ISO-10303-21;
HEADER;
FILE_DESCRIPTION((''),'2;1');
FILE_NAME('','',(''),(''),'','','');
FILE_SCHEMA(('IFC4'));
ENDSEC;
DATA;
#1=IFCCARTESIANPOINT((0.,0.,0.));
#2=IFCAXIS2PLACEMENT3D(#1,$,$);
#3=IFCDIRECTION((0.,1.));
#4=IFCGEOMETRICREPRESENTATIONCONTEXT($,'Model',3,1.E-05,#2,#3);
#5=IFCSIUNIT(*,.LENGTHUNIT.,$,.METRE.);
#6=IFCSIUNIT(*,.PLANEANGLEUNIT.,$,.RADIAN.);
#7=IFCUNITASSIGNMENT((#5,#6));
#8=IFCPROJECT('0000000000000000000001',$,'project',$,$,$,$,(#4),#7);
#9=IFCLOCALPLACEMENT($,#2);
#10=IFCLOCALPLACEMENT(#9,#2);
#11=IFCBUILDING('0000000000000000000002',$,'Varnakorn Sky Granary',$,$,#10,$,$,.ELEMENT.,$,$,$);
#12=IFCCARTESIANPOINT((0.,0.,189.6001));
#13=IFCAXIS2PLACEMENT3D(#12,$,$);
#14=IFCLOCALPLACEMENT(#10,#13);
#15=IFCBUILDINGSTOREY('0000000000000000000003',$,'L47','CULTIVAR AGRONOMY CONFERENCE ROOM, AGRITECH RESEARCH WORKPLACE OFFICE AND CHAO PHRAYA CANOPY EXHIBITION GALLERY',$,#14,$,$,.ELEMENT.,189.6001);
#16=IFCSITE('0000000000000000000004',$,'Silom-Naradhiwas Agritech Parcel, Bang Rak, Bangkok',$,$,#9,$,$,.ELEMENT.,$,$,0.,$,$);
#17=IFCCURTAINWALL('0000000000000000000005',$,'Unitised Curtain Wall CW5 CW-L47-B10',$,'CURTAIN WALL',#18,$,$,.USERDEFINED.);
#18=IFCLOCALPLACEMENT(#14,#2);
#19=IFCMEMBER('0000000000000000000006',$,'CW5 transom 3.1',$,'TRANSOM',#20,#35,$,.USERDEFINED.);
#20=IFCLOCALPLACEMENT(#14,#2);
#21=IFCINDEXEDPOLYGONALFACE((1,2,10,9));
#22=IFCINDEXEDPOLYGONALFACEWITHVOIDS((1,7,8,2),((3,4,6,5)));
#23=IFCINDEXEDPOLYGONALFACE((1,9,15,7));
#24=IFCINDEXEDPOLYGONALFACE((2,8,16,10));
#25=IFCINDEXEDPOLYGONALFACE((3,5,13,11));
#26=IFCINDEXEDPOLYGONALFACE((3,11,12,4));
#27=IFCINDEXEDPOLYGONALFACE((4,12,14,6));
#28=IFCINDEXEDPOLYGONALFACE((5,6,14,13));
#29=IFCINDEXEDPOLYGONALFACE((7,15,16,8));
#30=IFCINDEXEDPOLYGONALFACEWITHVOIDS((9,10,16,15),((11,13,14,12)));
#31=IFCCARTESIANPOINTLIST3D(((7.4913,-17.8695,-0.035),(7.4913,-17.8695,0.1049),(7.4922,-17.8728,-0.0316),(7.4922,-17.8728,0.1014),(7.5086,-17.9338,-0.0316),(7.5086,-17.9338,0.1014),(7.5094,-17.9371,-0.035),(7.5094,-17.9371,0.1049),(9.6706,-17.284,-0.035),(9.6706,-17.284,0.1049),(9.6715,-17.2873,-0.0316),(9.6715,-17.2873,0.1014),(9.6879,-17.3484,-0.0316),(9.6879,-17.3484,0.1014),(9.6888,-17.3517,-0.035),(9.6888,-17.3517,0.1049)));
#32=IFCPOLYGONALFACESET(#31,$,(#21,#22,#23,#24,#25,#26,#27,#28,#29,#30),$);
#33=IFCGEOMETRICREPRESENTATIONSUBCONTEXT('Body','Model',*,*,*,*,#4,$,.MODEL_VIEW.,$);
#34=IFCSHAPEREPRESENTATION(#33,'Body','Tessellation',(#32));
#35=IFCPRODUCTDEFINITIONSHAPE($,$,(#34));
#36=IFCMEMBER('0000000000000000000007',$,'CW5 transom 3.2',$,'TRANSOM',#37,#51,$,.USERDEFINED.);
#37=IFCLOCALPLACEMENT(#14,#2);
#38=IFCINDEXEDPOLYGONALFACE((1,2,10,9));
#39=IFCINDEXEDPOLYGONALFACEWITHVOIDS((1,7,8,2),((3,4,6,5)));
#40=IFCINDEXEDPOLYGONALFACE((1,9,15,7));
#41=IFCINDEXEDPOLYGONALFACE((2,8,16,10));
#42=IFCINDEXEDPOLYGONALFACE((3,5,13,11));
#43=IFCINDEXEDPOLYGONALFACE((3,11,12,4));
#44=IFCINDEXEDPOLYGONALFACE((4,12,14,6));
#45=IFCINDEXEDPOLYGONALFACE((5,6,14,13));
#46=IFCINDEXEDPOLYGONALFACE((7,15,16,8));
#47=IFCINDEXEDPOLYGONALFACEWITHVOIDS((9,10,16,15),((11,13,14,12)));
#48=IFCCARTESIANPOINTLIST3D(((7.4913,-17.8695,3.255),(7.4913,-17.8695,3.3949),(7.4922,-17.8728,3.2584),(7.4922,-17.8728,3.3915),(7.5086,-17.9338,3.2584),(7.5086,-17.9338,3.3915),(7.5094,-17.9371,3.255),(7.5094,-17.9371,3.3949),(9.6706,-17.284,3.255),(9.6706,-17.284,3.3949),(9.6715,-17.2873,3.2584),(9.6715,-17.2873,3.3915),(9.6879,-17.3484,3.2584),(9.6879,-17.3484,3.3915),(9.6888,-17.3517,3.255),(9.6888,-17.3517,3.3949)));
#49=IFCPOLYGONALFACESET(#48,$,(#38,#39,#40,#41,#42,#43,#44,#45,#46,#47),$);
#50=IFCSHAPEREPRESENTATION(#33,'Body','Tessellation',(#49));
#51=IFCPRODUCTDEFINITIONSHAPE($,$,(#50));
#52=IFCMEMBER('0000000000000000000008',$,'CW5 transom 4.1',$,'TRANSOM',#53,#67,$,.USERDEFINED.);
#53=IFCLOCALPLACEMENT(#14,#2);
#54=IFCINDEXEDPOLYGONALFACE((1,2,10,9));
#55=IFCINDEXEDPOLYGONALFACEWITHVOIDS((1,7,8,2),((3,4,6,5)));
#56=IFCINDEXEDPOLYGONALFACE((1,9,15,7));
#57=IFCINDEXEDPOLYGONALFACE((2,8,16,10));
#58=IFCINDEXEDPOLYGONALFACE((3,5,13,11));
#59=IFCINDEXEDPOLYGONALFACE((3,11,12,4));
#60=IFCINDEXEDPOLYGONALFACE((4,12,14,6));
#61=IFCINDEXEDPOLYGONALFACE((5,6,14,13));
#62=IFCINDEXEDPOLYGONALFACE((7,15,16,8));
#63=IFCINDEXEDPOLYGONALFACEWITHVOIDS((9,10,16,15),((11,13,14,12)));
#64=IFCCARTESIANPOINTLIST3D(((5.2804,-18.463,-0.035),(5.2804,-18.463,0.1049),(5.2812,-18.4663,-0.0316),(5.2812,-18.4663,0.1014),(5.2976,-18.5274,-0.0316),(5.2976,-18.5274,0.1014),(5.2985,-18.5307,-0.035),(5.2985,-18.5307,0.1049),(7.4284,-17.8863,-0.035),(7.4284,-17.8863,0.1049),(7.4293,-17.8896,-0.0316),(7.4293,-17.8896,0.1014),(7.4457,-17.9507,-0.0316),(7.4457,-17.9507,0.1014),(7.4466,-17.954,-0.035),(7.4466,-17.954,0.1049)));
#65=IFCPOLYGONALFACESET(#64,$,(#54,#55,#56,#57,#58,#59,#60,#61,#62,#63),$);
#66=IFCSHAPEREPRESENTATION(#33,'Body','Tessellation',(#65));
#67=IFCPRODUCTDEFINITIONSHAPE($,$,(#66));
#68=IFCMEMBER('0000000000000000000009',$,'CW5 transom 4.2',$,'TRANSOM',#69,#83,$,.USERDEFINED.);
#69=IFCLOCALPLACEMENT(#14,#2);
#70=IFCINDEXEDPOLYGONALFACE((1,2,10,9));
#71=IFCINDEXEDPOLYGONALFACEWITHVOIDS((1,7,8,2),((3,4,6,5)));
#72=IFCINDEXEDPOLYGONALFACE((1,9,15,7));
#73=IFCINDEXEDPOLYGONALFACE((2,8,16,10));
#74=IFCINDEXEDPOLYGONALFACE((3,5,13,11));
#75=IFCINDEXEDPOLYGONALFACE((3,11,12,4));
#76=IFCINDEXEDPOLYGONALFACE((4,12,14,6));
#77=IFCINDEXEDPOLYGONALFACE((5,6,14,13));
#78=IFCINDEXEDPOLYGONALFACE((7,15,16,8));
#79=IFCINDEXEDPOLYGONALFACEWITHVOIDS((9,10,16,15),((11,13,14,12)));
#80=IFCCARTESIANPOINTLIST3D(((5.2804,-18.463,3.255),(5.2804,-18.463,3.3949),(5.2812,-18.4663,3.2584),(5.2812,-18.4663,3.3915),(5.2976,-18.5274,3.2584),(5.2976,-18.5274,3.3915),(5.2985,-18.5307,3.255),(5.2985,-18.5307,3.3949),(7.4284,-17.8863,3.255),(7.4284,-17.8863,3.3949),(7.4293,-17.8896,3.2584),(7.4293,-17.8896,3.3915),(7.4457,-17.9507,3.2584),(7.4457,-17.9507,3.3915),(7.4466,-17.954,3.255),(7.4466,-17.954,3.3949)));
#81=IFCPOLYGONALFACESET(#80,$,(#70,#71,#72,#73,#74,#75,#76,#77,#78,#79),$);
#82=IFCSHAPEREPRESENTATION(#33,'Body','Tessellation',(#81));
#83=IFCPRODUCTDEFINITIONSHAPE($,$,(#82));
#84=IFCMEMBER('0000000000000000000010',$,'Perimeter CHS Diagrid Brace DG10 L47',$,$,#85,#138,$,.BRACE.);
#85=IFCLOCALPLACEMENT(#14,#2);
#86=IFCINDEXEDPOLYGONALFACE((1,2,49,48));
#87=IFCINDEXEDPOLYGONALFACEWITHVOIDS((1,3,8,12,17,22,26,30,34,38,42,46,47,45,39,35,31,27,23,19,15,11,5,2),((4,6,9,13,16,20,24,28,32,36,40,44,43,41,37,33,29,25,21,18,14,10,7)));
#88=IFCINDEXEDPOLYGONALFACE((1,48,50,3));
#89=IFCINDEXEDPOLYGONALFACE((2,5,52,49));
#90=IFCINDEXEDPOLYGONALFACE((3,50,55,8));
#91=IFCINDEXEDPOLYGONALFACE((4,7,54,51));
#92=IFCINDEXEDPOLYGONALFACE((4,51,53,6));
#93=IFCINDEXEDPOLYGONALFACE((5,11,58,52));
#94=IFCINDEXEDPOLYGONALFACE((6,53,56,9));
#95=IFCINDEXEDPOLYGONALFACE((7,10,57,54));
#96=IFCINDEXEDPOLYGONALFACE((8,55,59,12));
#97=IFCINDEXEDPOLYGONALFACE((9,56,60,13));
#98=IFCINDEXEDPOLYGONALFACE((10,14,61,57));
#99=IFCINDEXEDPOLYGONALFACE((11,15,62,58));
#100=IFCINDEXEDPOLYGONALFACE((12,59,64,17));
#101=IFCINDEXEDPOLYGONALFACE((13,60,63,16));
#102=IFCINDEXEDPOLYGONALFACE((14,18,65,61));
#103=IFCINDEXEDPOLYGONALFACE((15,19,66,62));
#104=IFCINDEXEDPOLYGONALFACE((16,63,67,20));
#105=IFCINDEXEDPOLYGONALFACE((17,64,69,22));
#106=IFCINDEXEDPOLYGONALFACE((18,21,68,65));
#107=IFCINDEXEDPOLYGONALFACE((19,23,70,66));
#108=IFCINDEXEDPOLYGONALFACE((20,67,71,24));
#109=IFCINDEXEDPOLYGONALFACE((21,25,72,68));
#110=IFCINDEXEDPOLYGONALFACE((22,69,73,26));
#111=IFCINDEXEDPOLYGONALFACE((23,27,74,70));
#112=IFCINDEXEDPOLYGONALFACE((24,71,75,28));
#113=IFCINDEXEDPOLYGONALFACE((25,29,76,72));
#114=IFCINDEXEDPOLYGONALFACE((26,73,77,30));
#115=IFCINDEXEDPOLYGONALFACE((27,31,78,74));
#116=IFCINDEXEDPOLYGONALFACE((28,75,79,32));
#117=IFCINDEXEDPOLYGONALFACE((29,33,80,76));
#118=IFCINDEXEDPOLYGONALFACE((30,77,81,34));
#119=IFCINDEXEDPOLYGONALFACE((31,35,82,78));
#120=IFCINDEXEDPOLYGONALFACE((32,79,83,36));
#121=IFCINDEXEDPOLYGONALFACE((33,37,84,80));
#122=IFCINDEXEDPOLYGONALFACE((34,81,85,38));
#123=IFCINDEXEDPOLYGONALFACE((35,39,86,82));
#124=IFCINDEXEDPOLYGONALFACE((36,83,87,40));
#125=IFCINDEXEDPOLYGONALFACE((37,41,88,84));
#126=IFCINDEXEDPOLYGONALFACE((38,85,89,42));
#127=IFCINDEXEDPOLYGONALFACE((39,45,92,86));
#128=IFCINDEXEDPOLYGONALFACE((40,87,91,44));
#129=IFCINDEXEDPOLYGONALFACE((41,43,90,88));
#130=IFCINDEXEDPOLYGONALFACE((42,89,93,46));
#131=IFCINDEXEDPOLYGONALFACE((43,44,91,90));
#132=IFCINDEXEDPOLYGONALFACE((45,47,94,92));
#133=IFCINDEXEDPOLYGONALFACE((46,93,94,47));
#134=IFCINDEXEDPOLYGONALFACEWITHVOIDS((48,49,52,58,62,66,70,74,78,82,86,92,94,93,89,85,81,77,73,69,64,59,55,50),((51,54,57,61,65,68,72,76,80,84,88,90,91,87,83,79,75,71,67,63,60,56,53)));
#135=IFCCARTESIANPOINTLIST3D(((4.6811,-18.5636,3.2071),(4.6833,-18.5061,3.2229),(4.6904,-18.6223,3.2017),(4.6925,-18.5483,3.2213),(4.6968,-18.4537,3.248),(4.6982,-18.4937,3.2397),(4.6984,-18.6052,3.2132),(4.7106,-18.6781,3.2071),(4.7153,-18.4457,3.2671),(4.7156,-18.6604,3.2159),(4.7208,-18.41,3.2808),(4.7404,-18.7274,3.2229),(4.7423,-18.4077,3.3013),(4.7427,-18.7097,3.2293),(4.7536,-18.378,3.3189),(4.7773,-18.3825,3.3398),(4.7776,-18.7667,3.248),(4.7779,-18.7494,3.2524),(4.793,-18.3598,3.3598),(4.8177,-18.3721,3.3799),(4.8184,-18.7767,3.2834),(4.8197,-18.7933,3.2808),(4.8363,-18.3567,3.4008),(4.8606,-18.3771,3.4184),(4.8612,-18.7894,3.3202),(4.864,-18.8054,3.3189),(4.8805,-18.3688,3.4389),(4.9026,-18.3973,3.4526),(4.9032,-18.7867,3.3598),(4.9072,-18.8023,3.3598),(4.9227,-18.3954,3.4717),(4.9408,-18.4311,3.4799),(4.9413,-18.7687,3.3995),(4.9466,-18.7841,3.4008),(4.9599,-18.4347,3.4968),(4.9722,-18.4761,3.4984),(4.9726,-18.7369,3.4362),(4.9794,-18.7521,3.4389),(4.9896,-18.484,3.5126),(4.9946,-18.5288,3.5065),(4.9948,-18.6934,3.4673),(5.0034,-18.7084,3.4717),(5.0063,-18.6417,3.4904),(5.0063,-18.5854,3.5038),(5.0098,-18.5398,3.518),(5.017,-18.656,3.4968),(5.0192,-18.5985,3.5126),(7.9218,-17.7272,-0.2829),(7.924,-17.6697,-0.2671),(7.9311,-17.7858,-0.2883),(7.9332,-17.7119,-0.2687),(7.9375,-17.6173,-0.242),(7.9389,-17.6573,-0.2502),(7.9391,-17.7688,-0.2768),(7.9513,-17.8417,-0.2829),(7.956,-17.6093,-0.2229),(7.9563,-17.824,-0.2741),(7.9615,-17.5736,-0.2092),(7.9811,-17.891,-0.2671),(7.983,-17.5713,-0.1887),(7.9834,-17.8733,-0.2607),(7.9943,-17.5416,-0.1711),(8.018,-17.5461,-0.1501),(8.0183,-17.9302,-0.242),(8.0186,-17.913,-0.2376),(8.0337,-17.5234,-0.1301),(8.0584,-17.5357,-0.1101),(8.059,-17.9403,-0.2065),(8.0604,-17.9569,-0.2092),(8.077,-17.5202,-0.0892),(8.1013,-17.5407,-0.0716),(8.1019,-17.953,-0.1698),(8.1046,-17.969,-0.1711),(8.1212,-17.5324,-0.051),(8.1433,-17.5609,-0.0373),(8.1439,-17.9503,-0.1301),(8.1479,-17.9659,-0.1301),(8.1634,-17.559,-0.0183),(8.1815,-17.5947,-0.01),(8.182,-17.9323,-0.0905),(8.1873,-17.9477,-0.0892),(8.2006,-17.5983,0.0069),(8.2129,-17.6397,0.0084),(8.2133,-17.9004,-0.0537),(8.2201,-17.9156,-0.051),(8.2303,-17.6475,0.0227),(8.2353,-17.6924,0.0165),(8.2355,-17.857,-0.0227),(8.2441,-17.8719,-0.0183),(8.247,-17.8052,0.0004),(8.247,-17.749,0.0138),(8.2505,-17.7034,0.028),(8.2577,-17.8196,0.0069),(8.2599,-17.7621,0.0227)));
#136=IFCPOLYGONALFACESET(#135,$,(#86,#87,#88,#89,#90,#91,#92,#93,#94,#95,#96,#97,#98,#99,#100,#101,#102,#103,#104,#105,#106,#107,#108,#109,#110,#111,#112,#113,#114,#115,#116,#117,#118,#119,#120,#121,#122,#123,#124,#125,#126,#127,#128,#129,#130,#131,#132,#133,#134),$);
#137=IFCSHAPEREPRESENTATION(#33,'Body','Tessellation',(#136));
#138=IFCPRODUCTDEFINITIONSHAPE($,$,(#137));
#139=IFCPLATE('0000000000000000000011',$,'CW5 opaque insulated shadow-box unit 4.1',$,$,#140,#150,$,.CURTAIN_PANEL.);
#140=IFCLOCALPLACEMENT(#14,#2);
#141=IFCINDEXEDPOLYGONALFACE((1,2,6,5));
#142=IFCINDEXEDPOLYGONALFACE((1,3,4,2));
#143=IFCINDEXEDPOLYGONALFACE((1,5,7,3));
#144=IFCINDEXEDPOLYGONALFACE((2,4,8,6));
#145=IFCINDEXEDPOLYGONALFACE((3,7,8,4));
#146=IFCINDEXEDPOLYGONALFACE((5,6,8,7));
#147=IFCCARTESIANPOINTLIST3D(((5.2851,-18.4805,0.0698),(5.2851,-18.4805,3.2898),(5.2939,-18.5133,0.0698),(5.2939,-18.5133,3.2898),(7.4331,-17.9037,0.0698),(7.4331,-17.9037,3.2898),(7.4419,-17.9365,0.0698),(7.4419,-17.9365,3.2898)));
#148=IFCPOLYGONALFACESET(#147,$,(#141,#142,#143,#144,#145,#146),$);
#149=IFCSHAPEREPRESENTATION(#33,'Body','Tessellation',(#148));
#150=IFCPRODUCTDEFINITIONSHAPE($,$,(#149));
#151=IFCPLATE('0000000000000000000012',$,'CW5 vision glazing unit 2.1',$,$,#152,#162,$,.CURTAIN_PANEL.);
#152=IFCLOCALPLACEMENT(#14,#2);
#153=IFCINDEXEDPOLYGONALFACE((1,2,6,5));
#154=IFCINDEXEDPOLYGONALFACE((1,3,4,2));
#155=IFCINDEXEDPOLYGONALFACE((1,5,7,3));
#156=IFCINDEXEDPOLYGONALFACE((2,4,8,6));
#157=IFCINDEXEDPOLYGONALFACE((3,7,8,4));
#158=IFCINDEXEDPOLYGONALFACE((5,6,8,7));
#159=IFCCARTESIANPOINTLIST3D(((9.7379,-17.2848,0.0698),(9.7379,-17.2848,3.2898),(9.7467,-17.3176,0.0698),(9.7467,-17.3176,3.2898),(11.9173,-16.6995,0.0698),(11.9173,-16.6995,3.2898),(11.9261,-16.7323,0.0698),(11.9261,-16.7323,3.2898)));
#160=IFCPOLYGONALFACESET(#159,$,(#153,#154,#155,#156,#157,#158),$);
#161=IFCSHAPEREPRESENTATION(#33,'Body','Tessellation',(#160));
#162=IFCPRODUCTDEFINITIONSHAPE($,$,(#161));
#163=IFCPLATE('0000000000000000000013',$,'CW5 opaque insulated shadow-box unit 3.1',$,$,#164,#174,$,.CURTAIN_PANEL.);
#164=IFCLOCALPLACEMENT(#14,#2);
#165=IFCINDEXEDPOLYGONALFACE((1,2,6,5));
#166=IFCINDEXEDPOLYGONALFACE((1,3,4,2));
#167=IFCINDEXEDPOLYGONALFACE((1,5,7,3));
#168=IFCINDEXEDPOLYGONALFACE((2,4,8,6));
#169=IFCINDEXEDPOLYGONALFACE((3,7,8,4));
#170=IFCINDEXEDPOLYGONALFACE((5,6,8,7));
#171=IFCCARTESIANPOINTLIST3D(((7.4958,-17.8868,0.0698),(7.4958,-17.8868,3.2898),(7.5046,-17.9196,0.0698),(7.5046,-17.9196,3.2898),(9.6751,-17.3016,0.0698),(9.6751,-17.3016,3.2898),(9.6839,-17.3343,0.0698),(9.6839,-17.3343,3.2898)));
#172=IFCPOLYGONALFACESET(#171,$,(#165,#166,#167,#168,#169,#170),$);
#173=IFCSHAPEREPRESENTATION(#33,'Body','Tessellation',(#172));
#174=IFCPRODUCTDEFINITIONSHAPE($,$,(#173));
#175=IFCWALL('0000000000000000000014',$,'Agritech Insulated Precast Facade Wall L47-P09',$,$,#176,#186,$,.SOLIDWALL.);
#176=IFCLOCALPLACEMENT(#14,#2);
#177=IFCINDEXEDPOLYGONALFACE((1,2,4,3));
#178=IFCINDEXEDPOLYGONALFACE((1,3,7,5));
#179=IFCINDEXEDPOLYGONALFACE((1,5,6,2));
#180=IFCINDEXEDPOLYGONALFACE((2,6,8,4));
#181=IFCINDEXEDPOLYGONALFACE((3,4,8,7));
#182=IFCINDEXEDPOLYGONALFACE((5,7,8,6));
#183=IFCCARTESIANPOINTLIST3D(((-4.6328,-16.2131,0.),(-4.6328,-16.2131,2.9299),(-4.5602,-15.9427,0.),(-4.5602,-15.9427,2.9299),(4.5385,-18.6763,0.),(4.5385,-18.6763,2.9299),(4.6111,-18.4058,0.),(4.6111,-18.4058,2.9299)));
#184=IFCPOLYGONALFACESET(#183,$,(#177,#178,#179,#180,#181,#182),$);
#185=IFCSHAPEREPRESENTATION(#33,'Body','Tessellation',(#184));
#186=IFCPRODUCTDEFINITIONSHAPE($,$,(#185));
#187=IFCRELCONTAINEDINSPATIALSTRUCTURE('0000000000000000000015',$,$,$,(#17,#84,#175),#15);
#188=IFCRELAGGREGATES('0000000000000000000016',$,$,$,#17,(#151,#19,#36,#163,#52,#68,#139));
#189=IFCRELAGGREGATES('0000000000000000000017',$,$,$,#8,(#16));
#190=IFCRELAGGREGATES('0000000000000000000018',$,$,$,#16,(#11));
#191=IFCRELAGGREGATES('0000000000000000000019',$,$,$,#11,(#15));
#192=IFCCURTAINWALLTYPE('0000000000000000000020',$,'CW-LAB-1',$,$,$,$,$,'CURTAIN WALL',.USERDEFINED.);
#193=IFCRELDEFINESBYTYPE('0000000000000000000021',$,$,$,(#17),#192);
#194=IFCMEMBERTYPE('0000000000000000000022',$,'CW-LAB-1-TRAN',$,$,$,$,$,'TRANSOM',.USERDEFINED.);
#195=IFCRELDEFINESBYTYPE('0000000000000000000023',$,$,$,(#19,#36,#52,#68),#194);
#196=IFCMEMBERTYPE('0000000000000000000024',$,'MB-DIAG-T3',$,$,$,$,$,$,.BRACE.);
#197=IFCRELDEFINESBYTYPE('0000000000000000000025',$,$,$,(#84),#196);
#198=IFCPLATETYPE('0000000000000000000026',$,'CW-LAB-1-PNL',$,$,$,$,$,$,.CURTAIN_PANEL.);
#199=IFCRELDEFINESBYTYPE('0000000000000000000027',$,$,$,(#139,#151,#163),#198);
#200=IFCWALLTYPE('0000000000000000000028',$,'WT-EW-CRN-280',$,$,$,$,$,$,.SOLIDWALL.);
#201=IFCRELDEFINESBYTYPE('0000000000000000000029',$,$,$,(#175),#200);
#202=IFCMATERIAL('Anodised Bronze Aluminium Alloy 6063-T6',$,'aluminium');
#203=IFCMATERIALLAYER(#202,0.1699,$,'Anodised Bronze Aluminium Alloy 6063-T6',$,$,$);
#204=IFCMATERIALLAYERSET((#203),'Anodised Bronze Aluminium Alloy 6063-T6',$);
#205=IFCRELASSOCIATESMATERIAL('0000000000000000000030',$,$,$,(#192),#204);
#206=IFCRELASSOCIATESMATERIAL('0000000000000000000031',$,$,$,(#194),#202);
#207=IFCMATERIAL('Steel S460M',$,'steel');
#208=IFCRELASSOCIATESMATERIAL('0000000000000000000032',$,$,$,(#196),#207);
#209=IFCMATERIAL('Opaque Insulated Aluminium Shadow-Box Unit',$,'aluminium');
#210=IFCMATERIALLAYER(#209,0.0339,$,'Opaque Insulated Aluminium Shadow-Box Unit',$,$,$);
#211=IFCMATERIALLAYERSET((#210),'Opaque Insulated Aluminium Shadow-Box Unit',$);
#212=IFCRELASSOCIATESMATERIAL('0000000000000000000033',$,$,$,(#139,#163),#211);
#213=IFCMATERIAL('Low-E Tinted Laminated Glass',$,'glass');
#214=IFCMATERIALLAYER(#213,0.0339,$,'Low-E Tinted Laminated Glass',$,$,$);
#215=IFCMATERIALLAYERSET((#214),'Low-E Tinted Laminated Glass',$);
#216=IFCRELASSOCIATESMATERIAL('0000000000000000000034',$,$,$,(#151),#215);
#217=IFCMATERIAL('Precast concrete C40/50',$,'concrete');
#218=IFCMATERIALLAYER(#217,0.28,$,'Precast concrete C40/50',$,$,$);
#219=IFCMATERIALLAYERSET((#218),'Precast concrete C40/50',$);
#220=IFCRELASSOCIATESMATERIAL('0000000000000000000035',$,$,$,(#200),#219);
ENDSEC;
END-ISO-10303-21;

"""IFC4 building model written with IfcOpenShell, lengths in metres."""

from ifc_helpers import new_model, si_unit, direction, frame, frame_2d, origin, origin_2d, place, context, subcontext, project, spatial, rectangle, hollow_rectangle, hollow_circle, extrude, source, transform, mapped, material, layer, layer_set, material_profile, profile_set, type_object, type_shapes, element, aggregate, save


model = new_model("IFC4")

# Units and contexts
model_context = context("Model", 3, precision=1e-05, world=origin(), true_north=direction((0.0, 1.0)))
body_context = subcontext(model_context, "Body", "Model", "MODEL_VIEW")
ifc_project = project(units=[si_unit("LENGTHUNIT", "METRE"), si_unit("PLANEANGLEUNIT", "RADIAN")], contexts=[model_context])

# Site, building, storey
site_placement = place(None, origin())
site = spatial("IfcSite", under=ifc_project, at=site_placement, Name="Silom-Naradhiwas Agritech Parcel, Bang Rak, Bangkok", CompositionType="ELEMENT", RefElevation=0.0)
building_placement = place(site_placement, origin())
building = spatial("IfcBuilding", under=site, at=building_placement, Name="Varnakorn Sky Granary", CompositionType="ELEMENT")
storey_placement = place(building_placement, frame((0.0, 0.0, 189.6001)))
storey = spatial("IfcBuildingStorey", under=building, at=storey_placement, Name="L47", Description="CULTIVAR AGRONOMY CONFERENCE ROOM, AGRITECH RESEARCH WORKPLACE OFFICE AND CHAO PHRAYA CANOPY EXHIBITION GALLERY", CompositionType="ELEMENT", Elevation=189.6001)

# Shared definitions
ifc_material_1 = material(Name="Steel S460M", Category="steel")

# Curtain wall, members
ifc_material_2 = material(Name="Anodised Bronze Aluminium Alloy 6063-T6", Category="aluminium")
ifc_layer_1 = layer(ifc_material_2, 0.1699, Name="Anodised Bronze Aluminium Alloy 6063-T6")
ifc_layer_set_1 = layer_set([ifc_layer_1], Name="Anodised Bronze Aluminium Alloy 6063-T6")
curtain_wall_type = type_object("IfcCurtainWallType", Name="CW-LAB-1", ElementType="CURTAIN WALL", PredefinedType="USERDEFINED", material=ifc_layer_set_1)
curtain_wall_placement = place(storey_placement, origin())
curtain_wall = element("IfcCurtainWall", 1, at=curtain_wall_placement, inside=storey, type_object=curtain_wall_type, Name="Unitised Curtain Wall CW5 CW-L47-B10", ObjectType="CURTAIN WALL", PredefinedType="USERDEFINED")
ifc_material_profile_1 = material_profile(ifc_material_2, hollow_rectangle(XDim=0.0701, YDim=0.1399, WallThickness=0.0034, at=origin_2d()), Name="ALU TRAN 70x140")
ifc_profile_set_1 = profile_set([ifc_material_profile_1], Name="Anodised Bronze Aluminium Alloy 6063-T6")
member_type_1 = type_object("IfcMemberType", Name="CW-LAB-1-TRAN", ElementType="TRANSOM", PredefinedType="USERDEFINED", material=ifc_profile_set_1)
member_1_placement = place(storey_placement, frame((9.6797, -17.3179, 0.0349), z_axis=(-0.965763, -0.259426, 0.0), x_axis=(0.259426, -0.965763, 0.0)))
member_1 = element("IfcMember", 2, at=member_1_placement, type_object=member_type_1, Name="CW5 transom 3.1", ObjectType="TRANSOM", PredefinedType="USERDEFINED", context=body_context, shape_type="SweptSolid", body=[
    extrude(hollow_rectangle(XDim=0.0701, YDim=0.1399, WallThickness=0.0034, at=origin_2d()), origin(), (0.0, 0.0, 1.0), 2.2566),
])
member_2_placement = place(storey_placement, frame((9.6797, -17.3179, 3.325), z_axis=(-0.965763, -0.259426, 0.0), x_axis=(0.259426, -0.965763, 0.0)))
member_2 = element("IfcMember", 3, at=member_2_placement, type_object=member_type_1, Name="CW5 transom 3.2", ObjectType="TRANSOM", PredefinedType="USERDEFINED", context=body_context, shape_type="SweptSolid", body=[
    extrude(hollow_rectangle(XDim=0.0701, YDim=0.1399, WallThickness=0.0034, at=origin_2d()), origin(), (0.0, 0.0, 1.0), 2.2566),
])
member_3_placement = place(storey_placement, frame((7.4375, -17.9202, 0.0349), z_axis=(-0.9658, -0.259288, 0.0), x_axis=(0.259288, -0.9658, 0.0)))
member_3 = element("IfcMember", 4, at=member_3_placement, type_object=member_type_1, Name="CW5 transom 4.1", ObjectType="TRANSOM", PredefinedType="USERDEFINED", context=body_context, shape_type="SweptSolid", body=[
    extrude(hollow_rectangle(XDim=0.0701, YDim=0.1399, WallThickness=0.0034, at=origin_2d()), origin(), (0.0, 0.0, 1.0), 2.2241),
])
member_4_placement = place(storey_placement, frame((7.4375, -17.9202, 3.325), z_axis=(-0.9658, -0.259288, 0.0), x_axis=(0.259288, -0.9658, 0.0)))
member_4 = element("IfcMember", 5, at=member_4_placement, type_object=member_type_1, Name="CW5 transom 4.2", ObjectType="TRANSOM", PredefinedType="USERDEFINED", context=body_context, shape_type="SweptSolid", body=[
    extrude(hollow_rectangle(XDim=0.0701, YDim=0.1399, WallThickness=0.0034, at=origin_2d()), origin(), (0.0, 0.0, 1.0), 2.2241),
])

# Member
ifc_material_profile_2 = material_profile(ifc_material_1, hollow_circle(Radius=0.2285, WallThickness=0.0161, at=origin_2d()), Name="CHS 457x16")
ifc_profile_set_2 = profile_set([ifc_material_profile_2], Name="Steel S460M")
member_type_2 = type_object("IfcMemberType", Name="MB-DIAG-T3", PredefinedType="BRACE", material=ifc_profile_set_2)
member_5_placement = place(storey_placement, frame((8.0908, -17.7446, -0.1301), z_axis=(-0.670196, -0.172977, 0.721746), x_axis=(0.249909, -0.968269, 0.0)))
element("IfcMember", 6, at=member_5_placement, inside=storey, type_object=member_type_2, Name="Perimeter CHS Diagrid Brace DG10 L47", PredefinedType="BRACE", context=body_context, shape_type="SweptSolid", body=[
    extrude(hollow_circle(Radius=0.2285, WallThickness=0.0161, at=origin_2d()), origin(), (0.0, 0.0, 1.0), 4.8354),
])

# Plates
ifc_material_3 = material(Name="Opaque Insulated Aluminium Shadow-Box Unit", Category="aluminium")
ifc_layer_2 = layer(ifc_material_3, 0.0339, Name="Opaque Insulated Aluminium Shadow-Box Unit")
ifc_layer_set_2 = layer_set([ifc_layer_2], Name="Opaque Insulated Aluminium Shadow-Box Unit")
plate_type = type_object("IfcPlateType", Name="CW-LAB-1-PNL", PredefinedType="CURTAIN_PANEL")
shared_shape_1 = source(origin(), body_context, "Body", "SweptSolid", [
    extrude(rectangle(XDim=2.2241, YDim=0.0339, at=origin_2d()), origin(), (0.0, 0.0, 1.0), 3.22),
])
plate_1_placement = place(storey_placement, frame((6.3635, -18.2085, 0.0698), z_axis=(0.0, 0.0, 1.0), x_axis=(-0.965781, -0.259359, 0.0)))
plate_1 = element("IfcPlate", 7, at=plate_1_placement, type_object=plate_type, material=ifc_layer_set_2, Name="CW5 opaque insulated shadow-box unit 4.1", PredefinedType="CURTAIN_PANEL", context=body_context, shape_type="MappedRepresentation", body=[
    mapped(shared_shape_1, transform((0.0, 0.0, 0.0), x_axis=(1.0, 0.0, 0.0), y_axis=(0.0, 1.0, 0.0), z_axis=(0.0, 0.0, 1.0), scale=1.0)),
])
ifc_material_4 = material(Name="Low-E Tinted Laminated Glass", Category="glass")
ifc_layer_3 = layer(ifc_material_4, 0.0339, Name="Low-E Tinted Laminated Glass")
ifc_layer_set_3 = layer_set([ifc_layer_3], Name="Low-E Tinted Laminated Glass")
shared_shape_2 = source(origin(), body_context, "Body", "SweptSolid", [
    extrude(rectangle(XDim=2.2566, YDim=0.0339, at=origin_2d()), origin(), (0.0, 0.0, 1.0), 3.22),
])
type_shapes(plate_type, [shared_shape_1, shared_shape_2])
plate_2_placement = place(storey_placement, frame((10.832, -17.0085, 0.0698), z_axis=(0.0, 0.0, 1.0), x_axis=(-0.965781, -0.259359, 0.0)))
plate_2 = element("IfcPlate", 8, at=plate_2_placement, type_object=plate_type, material=ifc_layer_set_3, Name="CW5 vision glazing unit 2.1", PredefinedType="CURTAIN_PANEL", context=body_context, shape_type="MappedRepresentation", body=[
    mapped(shared_shape_2, transform((0.0, 0.0, 0.0), x_axis=(1.0, 0.0, 0.0), y_axis=(0.0, 1.0, 0.0), z_axis=(0.0, 0.0, 1.0), scale=1.0)),
])
plate_3_placement = place(storey_placement, frame((8.5898, -17.6106, 0.0698), z_axis=(0.0, 0.0, 1.0), x_axis=(-0.965781, -0.259359, 0.0)))
plate_3 = element("IfcPlate", 9, at=plate_3_placement, type_object=plate_type, material=ifc_layer_set_2, Name="CW5 opaque insulated shadow-box unit 3.1", PredefinedType="CURTAIN_PANEL", context=body_context, shape_type="MappedRepresentation", body=[
    mapped(shared_shape_2, transform((0.0, 0.0, 0.0), x_axis=(1.0, 0.0, 0.0), y_axis=(0.0, 1.0, 0.0), z_axis=(0.0, 0.0, 1.0), scale=1.0)),
])
aggregate(curtain_wall, [plate_2, member_1, member_2, plate_3, member_3, member_4, plate_1])

# Wall
ifc_material_5 = material(Name="Precast concrete C40/50", Category="concrete")
ifc_layer_4 = layer(ifc_material_5, 0.28, Name="Precast concrete C40/50")
ifc_layer_set_4 = layer_set([ifc_layer_4], Name="Precast concrete C40/50")
wall_type_1 = type_object("IfcWallType", Name="WT-EW-CRN-280", PredefinedType="SOLIDWALL", material=ifc_layer_set_4)
wall_1_placement = place(storey_placement, frame((4.5747, -18.541, 0.0), z_axis=(0.0, 0.0, 1.0), x_axis=(-0.965776, 0.259376, 0.0)))
element("IfcWall", 10, at=wall_1_placement, inside=storey, type_object=wall_type_1, Name="Agritech Insulated Precast Facade Wall L47-P09", PredefinedType="SOLIDWALL", context=body_context, shape_type="SweptSolid", body=[
    extrude(rectangle(XDim=9.4963, YDim=0.28, at=frame_2d((4.748, 0.0))), origin(), (0.0, 0.0, 1.0), 2.9299),
])

save(model, "model.ifc")
